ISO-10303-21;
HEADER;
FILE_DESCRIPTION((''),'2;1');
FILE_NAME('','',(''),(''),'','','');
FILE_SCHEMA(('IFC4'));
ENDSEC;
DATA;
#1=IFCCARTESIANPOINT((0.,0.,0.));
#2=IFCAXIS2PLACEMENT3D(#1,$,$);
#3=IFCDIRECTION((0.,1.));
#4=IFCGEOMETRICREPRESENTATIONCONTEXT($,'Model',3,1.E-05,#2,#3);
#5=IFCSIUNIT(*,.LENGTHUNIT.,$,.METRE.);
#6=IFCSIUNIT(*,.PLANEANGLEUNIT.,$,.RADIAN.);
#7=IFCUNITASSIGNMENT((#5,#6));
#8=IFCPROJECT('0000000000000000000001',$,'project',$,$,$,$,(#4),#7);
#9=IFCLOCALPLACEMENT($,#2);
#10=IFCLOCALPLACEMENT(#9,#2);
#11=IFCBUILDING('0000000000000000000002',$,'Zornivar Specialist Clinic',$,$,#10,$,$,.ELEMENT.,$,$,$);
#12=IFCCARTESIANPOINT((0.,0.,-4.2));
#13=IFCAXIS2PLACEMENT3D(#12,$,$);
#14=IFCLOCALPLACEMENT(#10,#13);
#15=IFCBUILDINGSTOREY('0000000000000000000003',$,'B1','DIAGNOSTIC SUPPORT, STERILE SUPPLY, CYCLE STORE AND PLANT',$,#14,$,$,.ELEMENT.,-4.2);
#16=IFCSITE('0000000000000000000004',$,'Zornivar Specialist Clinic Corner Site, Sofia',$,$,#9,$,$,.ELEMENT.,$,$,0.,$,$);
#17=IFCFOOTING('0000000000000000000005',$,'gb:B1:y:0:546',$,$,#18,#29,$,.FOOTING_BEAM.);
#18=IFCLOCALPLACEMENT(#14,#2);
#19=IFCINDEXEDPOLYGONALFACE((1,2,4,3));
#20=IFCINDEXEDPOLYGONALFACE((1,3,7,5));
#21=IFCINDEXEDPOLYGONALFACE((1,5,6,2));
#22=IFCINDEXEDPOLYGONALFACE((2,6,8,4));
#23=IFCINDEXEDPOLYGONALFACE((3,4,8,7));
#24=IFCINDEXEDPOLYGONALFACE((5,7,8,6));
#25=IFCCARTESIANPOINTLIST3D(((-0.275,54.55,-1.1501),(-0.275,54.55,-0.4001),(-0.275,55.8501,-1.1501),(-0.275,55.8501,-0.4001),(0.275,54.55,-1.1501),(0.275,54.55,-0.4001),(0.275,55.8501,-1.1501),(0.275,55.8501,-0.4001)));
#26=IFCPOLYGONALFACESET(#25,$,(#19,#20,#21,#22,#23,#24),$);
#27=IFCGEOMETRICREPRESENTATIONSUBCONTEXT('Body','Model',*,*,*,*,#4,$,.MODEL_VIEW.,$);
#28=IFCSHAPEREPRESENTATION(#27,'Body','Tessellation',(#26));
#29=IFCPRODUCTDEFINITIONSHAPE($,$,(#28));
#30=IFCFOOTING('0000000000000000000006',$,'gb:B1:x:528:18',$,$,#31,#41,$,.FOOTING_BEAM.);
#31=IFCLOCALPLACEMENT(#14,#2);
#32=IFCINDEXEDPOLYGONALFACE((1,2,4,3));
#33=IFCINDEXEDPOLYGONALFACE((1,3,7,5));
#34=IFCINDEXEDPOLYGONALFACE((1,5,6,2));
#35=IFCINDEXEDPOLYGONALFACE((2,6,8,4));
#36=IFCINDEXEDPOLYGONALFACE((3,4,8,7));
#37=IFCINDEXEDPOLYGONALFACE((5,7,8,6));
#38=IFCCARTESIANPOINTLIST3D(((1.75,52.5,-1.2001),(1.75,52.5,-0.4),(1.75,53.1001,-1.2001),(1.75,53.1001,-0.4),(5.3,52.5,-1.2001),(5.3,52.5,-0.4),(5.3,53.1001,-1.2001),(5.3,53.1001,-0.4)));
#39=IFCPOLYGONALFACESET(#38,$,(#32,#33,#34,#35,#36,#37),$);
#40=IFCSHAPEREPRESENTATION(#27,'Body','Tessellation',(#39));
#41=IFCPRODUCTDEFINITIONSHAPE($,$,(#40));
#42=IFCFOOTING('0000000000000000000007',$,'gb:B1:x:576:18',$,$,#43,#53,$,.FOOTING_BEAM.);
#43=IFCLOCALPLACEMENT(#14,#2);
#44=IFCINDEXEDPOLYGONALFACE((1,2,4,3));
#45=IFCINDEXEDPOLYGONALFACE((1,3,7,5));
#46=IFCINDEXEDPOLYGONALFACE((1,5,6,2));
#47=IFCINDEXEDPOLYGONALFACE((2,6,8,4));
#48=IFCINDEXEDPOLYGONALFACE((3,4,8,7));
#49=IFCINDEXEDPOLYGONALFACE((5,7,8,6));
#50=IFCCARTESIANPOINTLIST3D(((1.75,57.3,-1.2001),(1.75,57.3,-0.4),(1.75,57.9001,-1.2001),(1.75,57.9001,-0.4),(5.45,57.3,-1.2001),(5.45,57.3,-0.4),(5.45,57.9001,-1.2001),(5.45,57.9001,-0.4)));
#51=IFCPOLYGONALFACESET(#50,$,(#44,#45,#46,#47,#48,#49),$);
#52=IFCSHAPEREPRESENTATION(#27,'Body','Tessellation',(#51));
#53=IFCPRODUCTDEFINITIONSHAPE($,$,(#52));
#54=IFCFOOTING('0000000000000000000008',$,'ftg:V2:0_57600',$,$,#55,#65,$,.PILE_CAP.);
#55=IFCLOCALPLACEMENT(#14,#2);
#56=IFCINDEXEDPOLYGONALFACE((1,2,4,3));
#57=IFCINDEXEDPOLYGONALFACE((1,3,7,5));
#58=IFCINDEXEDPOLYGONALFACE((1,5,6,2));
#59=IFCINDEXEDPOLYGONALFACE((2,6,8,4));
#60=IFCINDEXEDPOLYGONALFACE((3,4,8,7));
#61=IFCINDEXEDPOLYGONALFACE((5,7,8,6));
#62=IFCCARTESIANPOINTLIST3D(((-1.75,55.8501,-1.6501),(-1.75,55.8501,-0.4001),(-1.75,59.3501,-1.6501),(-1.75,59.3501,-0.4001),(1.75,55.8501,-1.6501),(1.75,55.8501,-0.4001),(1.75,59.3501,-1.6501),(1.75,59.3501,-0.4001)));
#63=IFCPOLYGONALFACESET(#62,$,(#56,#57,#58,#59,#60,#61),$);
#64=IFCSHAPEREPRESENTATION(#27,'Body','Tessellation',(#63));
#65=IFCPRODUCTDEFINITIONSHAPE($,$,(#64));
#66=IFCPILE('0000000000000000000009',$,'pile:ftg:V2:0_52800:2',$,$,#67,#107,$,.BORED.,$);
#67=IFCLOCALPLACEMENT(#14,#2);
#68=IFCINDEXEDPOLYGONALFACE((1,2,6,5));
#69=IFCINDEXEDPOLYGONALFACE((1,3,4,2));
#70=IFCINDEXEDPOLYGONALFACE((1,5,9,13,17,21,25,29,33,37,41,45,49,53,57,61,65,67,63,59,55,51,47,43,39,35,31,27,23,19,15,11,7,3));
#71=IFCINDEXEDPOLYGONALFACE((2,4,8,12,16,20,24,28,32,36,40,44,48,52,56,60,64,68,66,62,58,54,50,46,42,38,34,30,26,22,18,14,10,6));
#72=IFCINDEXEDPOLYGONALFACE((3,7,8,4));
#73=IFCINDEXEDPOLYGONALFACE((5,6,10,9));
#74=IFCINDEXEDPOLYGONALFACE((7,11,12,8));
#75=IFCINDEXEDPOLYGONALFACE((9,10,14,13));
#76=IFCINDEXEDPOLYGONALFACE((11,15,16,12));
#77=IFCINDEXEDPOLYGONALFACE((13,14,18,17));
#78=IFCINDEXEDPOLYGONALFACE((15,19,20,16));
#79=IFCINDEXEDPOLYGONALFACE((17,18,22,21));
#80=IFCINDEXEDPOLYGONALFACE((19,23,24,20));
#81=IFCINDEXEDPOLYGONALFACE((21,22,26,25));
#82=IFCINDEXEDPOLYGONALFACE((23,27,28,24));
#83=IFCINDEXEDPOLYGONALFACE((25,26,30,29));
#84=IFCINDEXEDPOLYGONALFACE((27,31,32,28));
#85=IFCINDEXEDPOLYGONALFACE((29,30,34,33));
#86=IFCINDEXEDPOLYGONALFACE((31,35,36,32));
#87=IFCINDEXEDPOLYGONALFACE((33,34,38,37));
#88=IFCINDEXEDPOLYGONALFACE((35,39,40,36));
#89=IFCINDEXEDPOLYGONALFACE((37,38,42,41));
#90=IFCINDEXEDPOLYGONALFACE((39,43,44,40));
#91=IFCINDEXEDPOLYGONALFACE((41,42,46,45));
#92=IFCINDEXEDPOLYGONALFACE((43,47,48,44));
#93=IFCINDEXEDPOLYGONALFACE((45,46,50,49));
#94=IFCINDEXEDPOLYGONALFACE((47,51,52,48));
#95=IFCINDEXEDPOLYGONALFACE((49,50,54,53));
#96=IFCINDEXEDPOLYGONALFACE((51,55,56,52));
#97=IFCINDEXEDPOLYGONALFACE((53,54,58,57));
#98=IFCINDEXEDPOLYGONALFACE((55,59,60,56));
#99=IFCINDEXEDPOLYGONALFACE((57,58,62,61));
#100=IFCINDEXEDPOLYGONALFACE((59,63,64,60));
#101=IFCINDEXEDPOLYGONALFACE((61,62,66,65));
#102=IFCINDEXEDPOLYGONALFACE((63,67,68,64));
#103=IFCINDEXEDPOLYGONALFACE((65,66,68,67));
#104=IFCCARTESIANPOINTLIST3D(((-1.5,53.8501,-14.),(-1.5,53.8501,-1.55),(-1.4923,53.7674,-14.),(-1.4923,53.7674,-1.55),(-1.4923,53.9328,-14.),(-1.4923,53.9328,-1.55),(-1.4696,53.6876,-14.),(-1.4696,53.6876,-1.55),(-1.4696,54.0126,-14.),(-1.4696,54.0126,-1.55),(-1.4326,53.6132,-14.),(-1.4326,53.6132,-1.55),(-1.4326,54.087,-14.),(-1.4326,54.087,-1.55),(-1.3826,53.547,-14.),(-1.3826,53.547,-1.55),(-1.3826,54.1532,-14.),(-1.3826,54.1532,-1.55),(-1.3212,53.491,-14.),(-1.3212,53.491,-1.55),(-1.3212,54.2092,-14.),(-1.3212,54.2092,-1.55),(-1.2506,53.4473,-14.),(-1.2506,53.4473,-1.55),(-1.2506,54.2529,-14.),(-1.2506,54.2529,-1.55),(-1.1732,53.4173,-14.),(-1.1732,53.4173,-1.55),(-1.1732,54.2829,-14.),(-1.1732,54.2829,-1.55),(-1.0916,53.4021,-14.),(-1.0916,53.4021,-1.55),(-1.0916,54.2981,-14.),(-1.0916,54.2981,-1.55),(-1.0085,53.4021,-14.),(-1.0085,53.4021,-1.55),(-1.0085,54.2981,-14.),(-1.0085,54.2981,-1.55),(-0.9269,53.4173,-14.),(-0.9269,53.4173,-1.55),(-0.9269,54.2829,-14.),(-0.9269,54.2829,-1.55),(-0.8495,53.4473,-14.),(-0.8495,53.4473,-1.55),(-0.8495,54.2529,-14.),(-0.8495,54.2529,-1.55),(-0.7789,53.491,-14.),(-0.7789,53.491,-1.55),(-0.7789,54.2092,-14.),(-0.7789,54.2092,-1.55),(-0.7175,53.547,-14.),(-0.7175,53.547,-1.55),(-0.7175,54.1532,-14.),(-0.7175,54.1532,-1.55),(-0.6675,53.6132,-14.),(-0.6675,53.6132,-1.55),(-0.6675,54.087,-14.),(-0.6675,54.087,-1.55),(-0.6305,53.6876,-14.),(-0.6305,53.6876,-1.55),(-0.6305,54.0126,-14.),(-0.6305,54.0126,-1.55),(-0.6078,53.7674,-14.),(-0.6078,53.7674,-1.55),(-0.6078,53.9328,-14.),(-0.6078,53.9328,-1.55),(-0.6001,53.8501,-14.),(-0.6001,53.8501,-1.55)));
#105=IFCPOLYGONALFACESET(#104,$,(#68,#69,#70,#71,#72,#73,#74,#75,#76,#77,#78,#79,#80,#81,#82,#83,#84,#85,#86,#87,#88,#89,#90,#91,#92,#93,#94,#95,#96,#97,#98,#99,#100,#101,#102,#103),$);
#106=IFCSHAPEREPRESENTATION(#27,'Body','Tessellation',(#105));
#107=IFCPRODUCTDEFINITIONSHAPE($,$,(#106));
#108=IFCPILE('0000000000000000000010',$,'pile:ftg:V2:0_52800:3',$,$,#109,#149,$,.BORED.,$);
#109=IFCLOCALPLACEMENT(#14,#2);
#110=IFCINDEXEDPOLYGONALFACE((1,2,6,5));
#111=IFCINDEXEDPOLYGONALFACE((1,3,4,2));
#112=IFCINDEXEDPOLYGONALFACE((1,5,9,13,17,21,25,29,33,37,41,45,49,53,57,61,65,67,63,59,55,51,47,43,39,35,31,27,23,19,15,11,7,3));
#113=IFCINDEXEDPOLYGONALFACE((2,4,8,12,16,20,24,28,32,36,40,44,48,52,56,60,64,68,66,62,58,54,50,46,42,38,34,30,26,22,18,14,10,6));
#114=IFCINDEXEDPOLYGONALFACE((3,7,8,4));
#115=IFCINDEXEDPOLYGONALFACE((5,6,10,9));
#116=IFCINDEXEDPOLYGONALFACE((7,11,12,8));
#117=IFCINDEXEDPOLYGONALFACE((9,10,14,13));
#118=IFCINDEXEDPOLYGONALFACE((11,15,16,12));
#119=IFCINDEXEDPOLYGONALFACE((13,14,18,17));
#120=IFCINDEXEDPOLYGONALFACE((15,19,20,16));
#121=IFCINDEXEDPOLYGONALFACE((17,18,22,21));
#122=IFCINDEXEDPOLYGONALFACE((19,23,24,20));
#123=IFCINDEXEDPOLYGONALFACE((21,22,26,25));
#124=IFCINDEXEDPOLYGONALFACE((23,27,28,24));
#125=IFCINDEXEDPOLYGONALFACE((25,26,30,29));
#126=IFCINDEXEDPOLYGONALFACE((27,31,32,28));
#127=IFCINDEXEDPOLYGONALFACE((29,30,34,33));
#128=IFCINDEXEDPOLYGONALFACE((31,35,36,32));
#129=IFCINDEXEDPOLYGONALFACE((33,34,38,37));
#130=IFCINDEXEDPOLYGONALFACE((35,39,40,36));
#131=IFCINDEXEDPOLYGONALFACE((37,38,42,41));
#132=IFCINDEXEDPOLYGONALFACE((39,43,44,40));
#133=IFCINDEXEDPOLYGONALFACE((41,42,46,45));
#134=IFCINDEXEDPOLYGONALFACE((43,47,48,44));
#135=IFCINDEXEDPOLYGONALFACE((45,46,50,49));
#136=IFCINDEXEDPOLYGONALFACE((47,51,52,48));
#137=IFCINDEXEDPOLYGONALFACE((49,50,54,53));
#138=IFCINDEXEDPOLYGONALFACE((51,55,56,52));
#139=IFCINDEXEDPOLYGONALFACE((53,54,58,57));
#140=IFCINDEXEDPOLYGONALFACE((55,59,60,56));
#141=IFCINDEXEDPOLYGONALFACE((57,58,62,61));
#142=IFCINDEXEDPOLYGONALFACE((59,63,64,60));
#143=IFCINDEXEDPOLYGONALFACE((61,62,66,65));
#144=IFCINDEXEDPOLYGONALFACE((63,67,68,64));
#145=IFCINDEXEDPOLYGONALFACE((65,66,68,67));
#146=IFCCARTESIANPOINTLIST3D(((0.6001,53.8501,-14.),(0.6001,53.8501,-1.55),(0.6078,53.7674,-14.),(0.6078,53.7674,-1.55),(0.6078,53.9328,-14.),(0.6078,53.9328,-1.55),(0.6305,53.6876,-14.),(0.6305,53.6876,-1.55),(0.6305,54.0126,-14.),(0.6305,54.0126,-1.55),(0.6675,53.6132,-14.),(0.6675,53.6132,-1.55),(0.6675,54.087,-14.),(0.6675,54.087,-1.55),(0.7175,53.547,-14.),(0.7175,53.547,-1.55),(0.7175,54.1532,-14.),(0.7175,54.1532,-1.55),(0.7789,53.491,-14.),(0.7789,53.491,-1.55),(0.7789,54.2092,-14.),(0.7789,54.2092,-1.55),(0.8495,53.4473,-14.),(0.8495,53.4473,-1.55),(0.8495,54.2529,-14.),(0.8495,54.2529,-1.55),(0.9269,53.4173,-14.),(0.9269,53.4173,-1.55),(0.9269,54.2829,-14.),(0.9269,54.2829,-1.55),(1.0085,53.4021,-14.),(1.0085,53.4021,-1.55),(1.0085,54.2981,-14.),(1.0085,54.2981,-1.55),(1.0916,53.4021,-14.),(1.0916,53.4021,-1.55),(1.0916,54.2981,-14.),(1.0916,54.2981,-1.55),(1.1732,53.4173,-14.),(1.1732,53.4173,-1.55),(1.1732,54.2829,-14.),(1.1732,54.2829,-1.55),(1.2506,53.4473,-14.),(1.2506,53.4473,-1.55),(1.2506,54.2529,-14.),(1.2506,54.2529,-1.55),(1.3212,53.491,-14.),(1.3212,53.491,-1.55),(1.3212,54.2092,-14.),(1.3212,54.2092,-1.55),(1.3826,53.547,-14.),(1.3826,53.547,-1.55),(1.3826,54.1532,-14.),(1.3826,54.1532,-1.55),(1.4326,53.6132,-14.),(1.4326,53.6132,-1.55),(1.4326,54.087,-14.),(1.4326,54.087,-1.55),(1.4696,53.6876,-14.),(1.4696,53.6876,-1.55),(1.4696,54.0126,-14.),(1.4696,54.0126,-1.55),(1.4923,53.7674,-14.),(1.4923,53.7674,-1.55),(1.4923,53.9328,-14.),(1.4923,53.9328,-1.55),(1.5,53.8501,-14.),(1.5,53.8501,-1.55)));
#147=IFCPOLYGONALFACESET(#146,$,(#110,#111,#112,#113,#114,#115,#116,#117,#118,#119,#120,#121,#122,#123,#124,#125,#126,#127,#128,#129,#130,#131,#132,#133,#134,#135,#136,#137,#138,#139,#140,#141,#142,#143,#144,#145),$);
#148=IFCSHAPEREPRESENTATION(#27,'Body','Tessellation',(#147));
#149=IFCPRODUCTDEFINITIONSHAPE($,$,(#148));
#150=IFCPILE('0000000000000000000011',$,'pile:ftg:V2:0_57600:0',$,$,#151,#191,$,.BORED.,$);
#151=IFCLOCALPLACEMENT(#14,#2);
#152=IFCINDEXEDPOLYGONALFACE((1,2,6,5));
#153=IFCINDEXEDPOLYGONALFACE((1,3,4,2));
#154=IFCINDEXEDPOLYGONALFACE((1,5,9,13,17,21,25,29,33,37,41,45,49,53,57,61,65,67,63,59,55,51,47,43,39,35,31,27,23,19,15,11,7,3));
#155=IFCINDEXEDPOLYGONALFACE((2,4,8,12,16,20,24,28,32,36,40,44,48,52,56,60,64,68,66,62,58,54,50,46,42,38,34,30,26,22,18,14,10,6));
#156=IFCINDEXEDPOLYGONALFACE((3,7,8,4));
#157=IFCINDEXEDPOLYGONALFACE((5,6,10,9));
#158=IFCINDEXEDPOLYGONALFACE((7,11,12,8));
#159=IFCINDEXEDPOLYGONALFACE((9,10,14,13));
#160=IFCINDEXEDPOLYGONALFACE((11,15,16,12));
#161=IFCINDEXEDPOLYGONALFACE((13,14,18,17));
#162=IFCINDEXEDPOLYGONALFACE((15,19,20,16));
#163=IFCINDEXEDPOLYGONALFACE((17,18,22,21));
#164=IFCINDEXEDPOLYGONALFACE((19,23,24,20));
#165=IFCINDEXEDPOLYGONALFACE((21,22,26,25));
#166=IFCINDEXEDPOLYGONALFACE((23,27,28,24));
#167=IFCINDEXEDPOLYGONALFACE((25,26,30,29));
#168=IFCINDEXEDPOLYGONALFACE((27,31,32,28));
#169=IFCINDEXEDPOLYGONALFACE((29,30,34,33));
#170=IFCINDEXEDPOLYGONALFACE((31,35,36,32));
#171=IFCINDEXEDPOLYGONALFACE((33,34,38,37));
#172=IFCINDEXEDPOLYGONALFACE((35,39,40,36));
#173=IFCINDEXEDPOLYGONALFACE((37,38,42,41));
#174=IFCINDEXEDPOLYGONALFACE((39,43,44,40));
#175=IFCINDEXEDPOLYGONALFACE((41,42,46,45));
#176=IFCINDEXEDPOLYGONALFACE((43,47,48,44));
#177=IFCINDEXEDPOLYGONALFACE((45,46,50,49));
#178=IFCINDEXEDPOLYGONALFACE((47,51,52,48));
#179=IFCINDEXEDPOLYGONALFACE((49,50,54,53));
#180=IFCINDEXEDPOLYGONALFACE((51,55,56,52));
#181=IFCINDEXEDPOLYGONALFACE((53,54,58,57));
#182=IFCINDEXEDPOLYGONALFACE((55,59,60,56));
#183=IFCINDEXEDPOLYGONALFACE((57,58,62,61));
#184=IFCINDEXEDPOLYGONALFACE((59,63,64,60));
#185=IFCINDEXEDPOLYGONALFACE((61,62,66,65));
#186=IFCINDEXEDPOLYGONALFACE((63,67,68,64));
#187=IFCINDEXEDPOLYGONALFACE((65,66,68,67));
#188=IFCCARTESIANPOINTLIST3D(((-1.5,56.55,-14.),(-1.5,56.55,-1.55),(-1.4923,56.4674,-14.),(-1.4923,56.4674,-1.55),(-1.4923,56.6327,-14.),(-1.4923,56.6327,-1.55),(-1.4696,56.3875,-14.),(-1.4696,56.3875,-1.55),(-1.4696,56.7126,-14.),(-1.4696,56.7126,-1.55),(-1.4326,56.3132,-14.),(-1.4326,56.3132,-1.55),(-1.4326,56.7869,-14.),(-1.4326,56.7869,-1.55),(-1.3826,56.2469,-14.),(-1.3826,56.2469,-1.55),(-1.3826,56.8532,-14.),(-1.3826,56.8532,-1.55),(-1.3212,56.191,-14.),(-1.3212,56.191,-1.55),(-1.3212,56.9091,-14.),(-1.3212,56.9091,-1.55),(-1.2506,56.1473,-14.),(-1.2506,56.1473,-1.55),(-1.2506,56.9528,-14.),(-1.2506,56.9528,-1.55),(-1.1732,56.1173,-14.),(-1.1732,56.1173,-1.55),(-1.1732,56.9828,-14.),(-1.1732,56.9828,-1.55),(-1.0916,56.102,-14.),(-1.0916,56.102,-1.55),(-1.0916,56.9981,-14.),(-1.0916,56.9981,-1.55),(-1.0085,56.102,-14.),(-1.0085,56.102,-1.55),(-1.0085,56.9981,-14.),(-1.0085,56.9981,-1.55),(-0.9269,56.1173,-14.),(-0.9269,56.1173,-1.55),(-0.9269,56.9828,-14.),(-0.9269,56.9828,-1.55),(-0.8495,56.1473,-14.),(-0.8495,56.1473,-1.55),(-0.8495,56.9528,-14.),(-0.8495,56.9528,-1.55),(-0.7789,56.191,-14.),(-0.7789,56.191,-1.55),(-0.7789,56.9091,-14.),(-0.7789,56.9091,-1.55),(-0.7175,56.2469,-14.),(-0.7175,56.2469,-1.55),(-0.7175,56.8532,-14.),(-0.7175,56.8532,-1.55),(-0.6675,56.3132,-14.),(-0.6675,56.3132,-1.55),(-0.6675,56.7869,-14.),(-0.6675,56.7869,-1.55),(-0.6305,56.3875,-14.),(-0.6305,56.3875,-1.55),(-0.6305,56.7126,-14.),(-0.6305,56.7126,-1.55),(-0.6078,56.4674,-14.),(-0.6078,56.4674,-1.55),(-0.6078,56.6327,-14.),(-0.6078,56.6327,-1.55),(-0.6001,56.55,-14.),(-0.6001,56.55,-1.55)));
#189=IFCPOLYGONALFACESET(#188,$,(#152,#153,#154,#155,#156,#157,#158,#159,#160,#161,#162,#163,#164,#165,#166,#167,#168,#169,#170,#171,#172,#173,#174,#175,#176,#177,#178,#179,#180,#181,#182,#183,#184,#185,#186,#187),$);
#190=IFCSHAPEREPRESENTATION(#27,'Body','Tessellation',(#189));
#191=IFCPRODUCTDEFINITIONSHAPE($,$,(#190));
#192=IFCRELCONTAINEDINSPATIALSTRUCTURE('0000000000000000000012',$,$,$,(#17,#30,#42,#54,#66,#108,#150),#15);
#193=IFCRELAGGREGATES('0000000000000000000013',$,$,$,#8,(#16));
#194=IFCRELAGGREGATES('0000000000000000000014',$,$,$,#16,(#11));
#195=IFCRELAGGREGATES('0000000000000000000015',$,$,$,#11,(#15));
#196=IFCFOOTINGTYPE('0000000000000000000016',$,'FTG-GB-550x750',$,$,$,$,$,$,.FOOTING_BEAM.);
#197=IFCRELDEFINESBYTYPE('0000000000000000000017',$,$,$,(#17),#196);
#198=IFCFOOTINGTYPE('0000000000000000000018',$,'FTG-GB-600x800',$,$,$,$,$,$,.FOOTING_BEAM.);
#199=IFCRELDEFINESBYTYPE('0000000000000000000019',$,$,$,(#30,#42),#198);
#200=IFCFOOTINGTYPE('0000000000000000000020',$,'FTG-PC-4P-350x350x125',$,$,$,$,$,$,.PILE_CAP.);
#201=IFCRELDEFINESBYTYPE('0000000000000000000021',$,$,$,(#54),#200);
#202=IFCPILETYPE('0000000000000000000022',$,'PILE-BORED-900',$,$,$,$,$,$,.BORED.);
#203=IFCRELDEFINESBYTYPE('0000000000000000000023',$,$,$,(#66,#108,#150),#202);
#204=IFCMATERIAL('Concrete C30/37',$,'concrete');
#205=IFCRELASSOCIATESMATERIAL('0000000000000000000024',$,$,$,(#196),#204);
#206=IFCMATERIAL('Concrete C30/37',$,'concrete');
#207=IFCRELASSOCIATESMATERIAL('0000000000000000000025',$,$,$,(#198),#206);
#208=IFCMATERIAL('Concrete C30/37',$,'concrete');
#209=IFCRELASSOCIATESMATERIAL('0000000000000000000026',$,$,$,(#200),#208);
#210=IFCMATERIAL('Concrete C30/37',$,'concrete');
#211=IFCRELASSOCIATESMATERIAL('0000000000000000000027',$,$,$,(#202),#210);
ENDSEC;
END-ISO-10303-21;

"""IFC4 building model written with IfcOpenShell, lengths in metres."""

from ifc_helpers import new_model, si_unit, direction, frame, origin, origin_2d, place, context, subcontext, project, spatial, rectangle, circle, extrude, material, material_profile, profile_set, type_object, element, save


model = new_model("IFC4")

# Units and contexts
model_context = context("Model", 3, precision=1e-05, world=origin(), true_north=direction((0.0, 1.0)))
body_context = subcontext(model_context, "Body", "Model", "MODEL_VIEW")
ifc_project = project(units=[si_unit("LENGTHUNIT", "METRE"), si_unit("PLANEANGLEUNIT", "RADIAN")], contexts=[model_context])

# Site, building, storey
site_placement = place(None, origin())
site = spatial("IfcSite", under=ifc_project, at=site_placement, Name="Zornivar Specialist Clinic Corner Site, Sofia", CompositionType="ELEMENT", RefElevation=0.0)
building_placement = place(site_placement, origin())
building = spatial("IfcBuilding", under=site, at=building_placement, Name="Zornivar Specialist Clinic", CompositionType="ELEMENT")
storey_placement = place(building_placement, frame((0.0, 0.0, -4.2)))
storey = spatial("IfcBuildingStorey", under=building, at=storey_placement, Name="B1", Description="DIAGNOSTIC SUPPORT, STERILE SUPPLY, CYCLE STORE AND PLANT", CompositionType="ELEMENT", Elevation=-4.2)

# Footings
ifc_material_1 = material(Name="Concrete C30/37", Category="concrete")
ifc_material_profile_1 = material_profile(ifc_material_1, rectangle(XDim=0.55, YDim=0.75, at=origin_2d()), Name="RC 550x750")
ifc_profile_set_1 = profile_set([ifc_material_profile_1], Name="Concrete C30/37")
footing_type_1 = type_object("IfcFootingType", Name="FTG-GB-550x750", PredefinedType="FOOTING_BEAM", material=ifc_profile_set_1)
footing_1_placement = place(storey_placement, frame((0.0, 54.55, -0.7751), z_axis=(0.0, 1.0, 0.0), x_axis=(-1.0, 0.0, 0.0)))
element("IfcFooting", 1, at=footing_1_placement, inside=storey, type_object=footing_type_1, Name="gb:B1:y:0:546", PredefinedType="FOOTING_BEAM", context=body_context, shape_type="SweptSolid", body=[
    extrude(rectangle(XDim=0.55, YDim=0.75, at=origin_2d()), origin(), (0.0, 0.0, 1.0), 1.3),
])
ifc_material_2 = material(Name="Concrete C30/37", Category="concrete")
ifc_material_profile_2 = material_profile(ifc_material_2, rectangle(XDim=0.6001, YDim=0.8, at=origin_2d()), Name="RC 600x800")
ifc_profile_set_2 = profile_set([ifc_material_profile_2], Name="Concrete C30/37")
footing_type_2 = type_object("IfcFootingType", Name="FTG-GB-600x800", PredefinedType="FOOTING_BEAM", material=ifc_profile_set_2)
footing_2_placement = place(storey_placement, frame((1.75, 52.8, -0.8), z_axis=(1.0, 0.0, 0.0), x_axis=(0.0, 1.0, 0.0)))
element("IfcFooting", 2, at=footing_2_placement, inside=storey, type_object=footing_type_2, Name="gb:B1:x:528:18", PredefinedType="FOOTING_BEAM", context=body_context, shape_type="SweptSolid", body=[
    extrude(rectangle(XDim=0.6001, YDim=0.8, at=origin_2d()), origin(), (0.0, 0.0, 1.0), 3.55),
])
footing_3_placement = place(storey_placement, frame((1.75, 57.6001, -0.8), z_axis=(1.0, 0.0, 0.0), x_axis=(0.0, 1.0, 0.0)))
element("IfcFooting", 3, at=footing_3_placement, inside=storey, type_object=footing_type_2, Name="gb:B1:x:576:18", PredefinedType="FOOTING_BEAM", context=body_context, shape_type="SweptSolid", body=[
    extrude(rectangle(XDim=0.6001, YDim=0.8, at=origin_2d()), origin(), (0.0, 0.0, 1.0), 3.7),
])
ifc_material_3 = material(Name="Concrete C30/37", Category="concrete")
footing_type_3 = type_object("IfcFootingType", Name="FTG-PC-4P-350x350x125", PredefinedType="PILE_CAP", material=ifc_material_3)
footing_4_placement = place(storey_placement, frame((0.0, 57.6001, -1.6501), z_axis=(0.0, 0.0, 1.0), x_axis=(1.0, 0.0, 0.0)))
element("IfcFooting", 4, at=footing_4_placement, inside=storey, type_object=footing_type_3, Name="ftg:V2:0_57600", PredefinedType="PILE_CAP", context=body_context, shape_type="SweptSolid", body=[
    extrude(rectangle(XDim=3.5, YDim=3.5, at=origin_2d()), origin(), (0.0, 0.0, 1.0), 1.25),
])

# Piles
ifc_material_4 = material(Name="Concrete C30/37", Category="concrete")
ifc_material_profile_3 = material_profile(ifc_material_4, circle(Radius=0.45, at=origin_2d()), Name="PILE D900")
ifc_profile_set_3 = profile_set([ifc_material_profile_3], Name="Concrete C30/37")
pile_type = type_object("IfcPileType", Name="PILE-BORED-900", PredefinedType="BORED", material=ifc_profile_set_3)
for number, where, z_axis, x_axis, name in (
    (5, (-1.05, 53.8501, -1.55), (0.0, 0.0, -1.0), (1.0, 0.0, 0.0), "pile:ftg:V2:0_52800:2"),
    (6, (1.05, 53.8501, -1.55), (0.0, 0.0, -1.0), (1.0, 0.0, 0.0), "pile:ftg:V2:0_52800:3"),
    (7, (-1.05, 56.55, -1.55), (0.0, 0.0, -1.0), (1.0, 0.0, 0.0), "pile:ftg:V2:0_57600:0"),
):
    element("IfcPile", number, at=place(storey_placement, frame(where, z_axis=z_axis, x_axis=x_axis)), inside=storey, type_object=pile_type, Name=name, PredefinedType="BORED", context=body_context, shape_type="SweptSolid", body=[
        extrude(circle(Radius=0.45, at=origin_2d()), origin(), (0.0, 0.0, 1.0), 12.45),
    ])

save(model, "model.ifc")
